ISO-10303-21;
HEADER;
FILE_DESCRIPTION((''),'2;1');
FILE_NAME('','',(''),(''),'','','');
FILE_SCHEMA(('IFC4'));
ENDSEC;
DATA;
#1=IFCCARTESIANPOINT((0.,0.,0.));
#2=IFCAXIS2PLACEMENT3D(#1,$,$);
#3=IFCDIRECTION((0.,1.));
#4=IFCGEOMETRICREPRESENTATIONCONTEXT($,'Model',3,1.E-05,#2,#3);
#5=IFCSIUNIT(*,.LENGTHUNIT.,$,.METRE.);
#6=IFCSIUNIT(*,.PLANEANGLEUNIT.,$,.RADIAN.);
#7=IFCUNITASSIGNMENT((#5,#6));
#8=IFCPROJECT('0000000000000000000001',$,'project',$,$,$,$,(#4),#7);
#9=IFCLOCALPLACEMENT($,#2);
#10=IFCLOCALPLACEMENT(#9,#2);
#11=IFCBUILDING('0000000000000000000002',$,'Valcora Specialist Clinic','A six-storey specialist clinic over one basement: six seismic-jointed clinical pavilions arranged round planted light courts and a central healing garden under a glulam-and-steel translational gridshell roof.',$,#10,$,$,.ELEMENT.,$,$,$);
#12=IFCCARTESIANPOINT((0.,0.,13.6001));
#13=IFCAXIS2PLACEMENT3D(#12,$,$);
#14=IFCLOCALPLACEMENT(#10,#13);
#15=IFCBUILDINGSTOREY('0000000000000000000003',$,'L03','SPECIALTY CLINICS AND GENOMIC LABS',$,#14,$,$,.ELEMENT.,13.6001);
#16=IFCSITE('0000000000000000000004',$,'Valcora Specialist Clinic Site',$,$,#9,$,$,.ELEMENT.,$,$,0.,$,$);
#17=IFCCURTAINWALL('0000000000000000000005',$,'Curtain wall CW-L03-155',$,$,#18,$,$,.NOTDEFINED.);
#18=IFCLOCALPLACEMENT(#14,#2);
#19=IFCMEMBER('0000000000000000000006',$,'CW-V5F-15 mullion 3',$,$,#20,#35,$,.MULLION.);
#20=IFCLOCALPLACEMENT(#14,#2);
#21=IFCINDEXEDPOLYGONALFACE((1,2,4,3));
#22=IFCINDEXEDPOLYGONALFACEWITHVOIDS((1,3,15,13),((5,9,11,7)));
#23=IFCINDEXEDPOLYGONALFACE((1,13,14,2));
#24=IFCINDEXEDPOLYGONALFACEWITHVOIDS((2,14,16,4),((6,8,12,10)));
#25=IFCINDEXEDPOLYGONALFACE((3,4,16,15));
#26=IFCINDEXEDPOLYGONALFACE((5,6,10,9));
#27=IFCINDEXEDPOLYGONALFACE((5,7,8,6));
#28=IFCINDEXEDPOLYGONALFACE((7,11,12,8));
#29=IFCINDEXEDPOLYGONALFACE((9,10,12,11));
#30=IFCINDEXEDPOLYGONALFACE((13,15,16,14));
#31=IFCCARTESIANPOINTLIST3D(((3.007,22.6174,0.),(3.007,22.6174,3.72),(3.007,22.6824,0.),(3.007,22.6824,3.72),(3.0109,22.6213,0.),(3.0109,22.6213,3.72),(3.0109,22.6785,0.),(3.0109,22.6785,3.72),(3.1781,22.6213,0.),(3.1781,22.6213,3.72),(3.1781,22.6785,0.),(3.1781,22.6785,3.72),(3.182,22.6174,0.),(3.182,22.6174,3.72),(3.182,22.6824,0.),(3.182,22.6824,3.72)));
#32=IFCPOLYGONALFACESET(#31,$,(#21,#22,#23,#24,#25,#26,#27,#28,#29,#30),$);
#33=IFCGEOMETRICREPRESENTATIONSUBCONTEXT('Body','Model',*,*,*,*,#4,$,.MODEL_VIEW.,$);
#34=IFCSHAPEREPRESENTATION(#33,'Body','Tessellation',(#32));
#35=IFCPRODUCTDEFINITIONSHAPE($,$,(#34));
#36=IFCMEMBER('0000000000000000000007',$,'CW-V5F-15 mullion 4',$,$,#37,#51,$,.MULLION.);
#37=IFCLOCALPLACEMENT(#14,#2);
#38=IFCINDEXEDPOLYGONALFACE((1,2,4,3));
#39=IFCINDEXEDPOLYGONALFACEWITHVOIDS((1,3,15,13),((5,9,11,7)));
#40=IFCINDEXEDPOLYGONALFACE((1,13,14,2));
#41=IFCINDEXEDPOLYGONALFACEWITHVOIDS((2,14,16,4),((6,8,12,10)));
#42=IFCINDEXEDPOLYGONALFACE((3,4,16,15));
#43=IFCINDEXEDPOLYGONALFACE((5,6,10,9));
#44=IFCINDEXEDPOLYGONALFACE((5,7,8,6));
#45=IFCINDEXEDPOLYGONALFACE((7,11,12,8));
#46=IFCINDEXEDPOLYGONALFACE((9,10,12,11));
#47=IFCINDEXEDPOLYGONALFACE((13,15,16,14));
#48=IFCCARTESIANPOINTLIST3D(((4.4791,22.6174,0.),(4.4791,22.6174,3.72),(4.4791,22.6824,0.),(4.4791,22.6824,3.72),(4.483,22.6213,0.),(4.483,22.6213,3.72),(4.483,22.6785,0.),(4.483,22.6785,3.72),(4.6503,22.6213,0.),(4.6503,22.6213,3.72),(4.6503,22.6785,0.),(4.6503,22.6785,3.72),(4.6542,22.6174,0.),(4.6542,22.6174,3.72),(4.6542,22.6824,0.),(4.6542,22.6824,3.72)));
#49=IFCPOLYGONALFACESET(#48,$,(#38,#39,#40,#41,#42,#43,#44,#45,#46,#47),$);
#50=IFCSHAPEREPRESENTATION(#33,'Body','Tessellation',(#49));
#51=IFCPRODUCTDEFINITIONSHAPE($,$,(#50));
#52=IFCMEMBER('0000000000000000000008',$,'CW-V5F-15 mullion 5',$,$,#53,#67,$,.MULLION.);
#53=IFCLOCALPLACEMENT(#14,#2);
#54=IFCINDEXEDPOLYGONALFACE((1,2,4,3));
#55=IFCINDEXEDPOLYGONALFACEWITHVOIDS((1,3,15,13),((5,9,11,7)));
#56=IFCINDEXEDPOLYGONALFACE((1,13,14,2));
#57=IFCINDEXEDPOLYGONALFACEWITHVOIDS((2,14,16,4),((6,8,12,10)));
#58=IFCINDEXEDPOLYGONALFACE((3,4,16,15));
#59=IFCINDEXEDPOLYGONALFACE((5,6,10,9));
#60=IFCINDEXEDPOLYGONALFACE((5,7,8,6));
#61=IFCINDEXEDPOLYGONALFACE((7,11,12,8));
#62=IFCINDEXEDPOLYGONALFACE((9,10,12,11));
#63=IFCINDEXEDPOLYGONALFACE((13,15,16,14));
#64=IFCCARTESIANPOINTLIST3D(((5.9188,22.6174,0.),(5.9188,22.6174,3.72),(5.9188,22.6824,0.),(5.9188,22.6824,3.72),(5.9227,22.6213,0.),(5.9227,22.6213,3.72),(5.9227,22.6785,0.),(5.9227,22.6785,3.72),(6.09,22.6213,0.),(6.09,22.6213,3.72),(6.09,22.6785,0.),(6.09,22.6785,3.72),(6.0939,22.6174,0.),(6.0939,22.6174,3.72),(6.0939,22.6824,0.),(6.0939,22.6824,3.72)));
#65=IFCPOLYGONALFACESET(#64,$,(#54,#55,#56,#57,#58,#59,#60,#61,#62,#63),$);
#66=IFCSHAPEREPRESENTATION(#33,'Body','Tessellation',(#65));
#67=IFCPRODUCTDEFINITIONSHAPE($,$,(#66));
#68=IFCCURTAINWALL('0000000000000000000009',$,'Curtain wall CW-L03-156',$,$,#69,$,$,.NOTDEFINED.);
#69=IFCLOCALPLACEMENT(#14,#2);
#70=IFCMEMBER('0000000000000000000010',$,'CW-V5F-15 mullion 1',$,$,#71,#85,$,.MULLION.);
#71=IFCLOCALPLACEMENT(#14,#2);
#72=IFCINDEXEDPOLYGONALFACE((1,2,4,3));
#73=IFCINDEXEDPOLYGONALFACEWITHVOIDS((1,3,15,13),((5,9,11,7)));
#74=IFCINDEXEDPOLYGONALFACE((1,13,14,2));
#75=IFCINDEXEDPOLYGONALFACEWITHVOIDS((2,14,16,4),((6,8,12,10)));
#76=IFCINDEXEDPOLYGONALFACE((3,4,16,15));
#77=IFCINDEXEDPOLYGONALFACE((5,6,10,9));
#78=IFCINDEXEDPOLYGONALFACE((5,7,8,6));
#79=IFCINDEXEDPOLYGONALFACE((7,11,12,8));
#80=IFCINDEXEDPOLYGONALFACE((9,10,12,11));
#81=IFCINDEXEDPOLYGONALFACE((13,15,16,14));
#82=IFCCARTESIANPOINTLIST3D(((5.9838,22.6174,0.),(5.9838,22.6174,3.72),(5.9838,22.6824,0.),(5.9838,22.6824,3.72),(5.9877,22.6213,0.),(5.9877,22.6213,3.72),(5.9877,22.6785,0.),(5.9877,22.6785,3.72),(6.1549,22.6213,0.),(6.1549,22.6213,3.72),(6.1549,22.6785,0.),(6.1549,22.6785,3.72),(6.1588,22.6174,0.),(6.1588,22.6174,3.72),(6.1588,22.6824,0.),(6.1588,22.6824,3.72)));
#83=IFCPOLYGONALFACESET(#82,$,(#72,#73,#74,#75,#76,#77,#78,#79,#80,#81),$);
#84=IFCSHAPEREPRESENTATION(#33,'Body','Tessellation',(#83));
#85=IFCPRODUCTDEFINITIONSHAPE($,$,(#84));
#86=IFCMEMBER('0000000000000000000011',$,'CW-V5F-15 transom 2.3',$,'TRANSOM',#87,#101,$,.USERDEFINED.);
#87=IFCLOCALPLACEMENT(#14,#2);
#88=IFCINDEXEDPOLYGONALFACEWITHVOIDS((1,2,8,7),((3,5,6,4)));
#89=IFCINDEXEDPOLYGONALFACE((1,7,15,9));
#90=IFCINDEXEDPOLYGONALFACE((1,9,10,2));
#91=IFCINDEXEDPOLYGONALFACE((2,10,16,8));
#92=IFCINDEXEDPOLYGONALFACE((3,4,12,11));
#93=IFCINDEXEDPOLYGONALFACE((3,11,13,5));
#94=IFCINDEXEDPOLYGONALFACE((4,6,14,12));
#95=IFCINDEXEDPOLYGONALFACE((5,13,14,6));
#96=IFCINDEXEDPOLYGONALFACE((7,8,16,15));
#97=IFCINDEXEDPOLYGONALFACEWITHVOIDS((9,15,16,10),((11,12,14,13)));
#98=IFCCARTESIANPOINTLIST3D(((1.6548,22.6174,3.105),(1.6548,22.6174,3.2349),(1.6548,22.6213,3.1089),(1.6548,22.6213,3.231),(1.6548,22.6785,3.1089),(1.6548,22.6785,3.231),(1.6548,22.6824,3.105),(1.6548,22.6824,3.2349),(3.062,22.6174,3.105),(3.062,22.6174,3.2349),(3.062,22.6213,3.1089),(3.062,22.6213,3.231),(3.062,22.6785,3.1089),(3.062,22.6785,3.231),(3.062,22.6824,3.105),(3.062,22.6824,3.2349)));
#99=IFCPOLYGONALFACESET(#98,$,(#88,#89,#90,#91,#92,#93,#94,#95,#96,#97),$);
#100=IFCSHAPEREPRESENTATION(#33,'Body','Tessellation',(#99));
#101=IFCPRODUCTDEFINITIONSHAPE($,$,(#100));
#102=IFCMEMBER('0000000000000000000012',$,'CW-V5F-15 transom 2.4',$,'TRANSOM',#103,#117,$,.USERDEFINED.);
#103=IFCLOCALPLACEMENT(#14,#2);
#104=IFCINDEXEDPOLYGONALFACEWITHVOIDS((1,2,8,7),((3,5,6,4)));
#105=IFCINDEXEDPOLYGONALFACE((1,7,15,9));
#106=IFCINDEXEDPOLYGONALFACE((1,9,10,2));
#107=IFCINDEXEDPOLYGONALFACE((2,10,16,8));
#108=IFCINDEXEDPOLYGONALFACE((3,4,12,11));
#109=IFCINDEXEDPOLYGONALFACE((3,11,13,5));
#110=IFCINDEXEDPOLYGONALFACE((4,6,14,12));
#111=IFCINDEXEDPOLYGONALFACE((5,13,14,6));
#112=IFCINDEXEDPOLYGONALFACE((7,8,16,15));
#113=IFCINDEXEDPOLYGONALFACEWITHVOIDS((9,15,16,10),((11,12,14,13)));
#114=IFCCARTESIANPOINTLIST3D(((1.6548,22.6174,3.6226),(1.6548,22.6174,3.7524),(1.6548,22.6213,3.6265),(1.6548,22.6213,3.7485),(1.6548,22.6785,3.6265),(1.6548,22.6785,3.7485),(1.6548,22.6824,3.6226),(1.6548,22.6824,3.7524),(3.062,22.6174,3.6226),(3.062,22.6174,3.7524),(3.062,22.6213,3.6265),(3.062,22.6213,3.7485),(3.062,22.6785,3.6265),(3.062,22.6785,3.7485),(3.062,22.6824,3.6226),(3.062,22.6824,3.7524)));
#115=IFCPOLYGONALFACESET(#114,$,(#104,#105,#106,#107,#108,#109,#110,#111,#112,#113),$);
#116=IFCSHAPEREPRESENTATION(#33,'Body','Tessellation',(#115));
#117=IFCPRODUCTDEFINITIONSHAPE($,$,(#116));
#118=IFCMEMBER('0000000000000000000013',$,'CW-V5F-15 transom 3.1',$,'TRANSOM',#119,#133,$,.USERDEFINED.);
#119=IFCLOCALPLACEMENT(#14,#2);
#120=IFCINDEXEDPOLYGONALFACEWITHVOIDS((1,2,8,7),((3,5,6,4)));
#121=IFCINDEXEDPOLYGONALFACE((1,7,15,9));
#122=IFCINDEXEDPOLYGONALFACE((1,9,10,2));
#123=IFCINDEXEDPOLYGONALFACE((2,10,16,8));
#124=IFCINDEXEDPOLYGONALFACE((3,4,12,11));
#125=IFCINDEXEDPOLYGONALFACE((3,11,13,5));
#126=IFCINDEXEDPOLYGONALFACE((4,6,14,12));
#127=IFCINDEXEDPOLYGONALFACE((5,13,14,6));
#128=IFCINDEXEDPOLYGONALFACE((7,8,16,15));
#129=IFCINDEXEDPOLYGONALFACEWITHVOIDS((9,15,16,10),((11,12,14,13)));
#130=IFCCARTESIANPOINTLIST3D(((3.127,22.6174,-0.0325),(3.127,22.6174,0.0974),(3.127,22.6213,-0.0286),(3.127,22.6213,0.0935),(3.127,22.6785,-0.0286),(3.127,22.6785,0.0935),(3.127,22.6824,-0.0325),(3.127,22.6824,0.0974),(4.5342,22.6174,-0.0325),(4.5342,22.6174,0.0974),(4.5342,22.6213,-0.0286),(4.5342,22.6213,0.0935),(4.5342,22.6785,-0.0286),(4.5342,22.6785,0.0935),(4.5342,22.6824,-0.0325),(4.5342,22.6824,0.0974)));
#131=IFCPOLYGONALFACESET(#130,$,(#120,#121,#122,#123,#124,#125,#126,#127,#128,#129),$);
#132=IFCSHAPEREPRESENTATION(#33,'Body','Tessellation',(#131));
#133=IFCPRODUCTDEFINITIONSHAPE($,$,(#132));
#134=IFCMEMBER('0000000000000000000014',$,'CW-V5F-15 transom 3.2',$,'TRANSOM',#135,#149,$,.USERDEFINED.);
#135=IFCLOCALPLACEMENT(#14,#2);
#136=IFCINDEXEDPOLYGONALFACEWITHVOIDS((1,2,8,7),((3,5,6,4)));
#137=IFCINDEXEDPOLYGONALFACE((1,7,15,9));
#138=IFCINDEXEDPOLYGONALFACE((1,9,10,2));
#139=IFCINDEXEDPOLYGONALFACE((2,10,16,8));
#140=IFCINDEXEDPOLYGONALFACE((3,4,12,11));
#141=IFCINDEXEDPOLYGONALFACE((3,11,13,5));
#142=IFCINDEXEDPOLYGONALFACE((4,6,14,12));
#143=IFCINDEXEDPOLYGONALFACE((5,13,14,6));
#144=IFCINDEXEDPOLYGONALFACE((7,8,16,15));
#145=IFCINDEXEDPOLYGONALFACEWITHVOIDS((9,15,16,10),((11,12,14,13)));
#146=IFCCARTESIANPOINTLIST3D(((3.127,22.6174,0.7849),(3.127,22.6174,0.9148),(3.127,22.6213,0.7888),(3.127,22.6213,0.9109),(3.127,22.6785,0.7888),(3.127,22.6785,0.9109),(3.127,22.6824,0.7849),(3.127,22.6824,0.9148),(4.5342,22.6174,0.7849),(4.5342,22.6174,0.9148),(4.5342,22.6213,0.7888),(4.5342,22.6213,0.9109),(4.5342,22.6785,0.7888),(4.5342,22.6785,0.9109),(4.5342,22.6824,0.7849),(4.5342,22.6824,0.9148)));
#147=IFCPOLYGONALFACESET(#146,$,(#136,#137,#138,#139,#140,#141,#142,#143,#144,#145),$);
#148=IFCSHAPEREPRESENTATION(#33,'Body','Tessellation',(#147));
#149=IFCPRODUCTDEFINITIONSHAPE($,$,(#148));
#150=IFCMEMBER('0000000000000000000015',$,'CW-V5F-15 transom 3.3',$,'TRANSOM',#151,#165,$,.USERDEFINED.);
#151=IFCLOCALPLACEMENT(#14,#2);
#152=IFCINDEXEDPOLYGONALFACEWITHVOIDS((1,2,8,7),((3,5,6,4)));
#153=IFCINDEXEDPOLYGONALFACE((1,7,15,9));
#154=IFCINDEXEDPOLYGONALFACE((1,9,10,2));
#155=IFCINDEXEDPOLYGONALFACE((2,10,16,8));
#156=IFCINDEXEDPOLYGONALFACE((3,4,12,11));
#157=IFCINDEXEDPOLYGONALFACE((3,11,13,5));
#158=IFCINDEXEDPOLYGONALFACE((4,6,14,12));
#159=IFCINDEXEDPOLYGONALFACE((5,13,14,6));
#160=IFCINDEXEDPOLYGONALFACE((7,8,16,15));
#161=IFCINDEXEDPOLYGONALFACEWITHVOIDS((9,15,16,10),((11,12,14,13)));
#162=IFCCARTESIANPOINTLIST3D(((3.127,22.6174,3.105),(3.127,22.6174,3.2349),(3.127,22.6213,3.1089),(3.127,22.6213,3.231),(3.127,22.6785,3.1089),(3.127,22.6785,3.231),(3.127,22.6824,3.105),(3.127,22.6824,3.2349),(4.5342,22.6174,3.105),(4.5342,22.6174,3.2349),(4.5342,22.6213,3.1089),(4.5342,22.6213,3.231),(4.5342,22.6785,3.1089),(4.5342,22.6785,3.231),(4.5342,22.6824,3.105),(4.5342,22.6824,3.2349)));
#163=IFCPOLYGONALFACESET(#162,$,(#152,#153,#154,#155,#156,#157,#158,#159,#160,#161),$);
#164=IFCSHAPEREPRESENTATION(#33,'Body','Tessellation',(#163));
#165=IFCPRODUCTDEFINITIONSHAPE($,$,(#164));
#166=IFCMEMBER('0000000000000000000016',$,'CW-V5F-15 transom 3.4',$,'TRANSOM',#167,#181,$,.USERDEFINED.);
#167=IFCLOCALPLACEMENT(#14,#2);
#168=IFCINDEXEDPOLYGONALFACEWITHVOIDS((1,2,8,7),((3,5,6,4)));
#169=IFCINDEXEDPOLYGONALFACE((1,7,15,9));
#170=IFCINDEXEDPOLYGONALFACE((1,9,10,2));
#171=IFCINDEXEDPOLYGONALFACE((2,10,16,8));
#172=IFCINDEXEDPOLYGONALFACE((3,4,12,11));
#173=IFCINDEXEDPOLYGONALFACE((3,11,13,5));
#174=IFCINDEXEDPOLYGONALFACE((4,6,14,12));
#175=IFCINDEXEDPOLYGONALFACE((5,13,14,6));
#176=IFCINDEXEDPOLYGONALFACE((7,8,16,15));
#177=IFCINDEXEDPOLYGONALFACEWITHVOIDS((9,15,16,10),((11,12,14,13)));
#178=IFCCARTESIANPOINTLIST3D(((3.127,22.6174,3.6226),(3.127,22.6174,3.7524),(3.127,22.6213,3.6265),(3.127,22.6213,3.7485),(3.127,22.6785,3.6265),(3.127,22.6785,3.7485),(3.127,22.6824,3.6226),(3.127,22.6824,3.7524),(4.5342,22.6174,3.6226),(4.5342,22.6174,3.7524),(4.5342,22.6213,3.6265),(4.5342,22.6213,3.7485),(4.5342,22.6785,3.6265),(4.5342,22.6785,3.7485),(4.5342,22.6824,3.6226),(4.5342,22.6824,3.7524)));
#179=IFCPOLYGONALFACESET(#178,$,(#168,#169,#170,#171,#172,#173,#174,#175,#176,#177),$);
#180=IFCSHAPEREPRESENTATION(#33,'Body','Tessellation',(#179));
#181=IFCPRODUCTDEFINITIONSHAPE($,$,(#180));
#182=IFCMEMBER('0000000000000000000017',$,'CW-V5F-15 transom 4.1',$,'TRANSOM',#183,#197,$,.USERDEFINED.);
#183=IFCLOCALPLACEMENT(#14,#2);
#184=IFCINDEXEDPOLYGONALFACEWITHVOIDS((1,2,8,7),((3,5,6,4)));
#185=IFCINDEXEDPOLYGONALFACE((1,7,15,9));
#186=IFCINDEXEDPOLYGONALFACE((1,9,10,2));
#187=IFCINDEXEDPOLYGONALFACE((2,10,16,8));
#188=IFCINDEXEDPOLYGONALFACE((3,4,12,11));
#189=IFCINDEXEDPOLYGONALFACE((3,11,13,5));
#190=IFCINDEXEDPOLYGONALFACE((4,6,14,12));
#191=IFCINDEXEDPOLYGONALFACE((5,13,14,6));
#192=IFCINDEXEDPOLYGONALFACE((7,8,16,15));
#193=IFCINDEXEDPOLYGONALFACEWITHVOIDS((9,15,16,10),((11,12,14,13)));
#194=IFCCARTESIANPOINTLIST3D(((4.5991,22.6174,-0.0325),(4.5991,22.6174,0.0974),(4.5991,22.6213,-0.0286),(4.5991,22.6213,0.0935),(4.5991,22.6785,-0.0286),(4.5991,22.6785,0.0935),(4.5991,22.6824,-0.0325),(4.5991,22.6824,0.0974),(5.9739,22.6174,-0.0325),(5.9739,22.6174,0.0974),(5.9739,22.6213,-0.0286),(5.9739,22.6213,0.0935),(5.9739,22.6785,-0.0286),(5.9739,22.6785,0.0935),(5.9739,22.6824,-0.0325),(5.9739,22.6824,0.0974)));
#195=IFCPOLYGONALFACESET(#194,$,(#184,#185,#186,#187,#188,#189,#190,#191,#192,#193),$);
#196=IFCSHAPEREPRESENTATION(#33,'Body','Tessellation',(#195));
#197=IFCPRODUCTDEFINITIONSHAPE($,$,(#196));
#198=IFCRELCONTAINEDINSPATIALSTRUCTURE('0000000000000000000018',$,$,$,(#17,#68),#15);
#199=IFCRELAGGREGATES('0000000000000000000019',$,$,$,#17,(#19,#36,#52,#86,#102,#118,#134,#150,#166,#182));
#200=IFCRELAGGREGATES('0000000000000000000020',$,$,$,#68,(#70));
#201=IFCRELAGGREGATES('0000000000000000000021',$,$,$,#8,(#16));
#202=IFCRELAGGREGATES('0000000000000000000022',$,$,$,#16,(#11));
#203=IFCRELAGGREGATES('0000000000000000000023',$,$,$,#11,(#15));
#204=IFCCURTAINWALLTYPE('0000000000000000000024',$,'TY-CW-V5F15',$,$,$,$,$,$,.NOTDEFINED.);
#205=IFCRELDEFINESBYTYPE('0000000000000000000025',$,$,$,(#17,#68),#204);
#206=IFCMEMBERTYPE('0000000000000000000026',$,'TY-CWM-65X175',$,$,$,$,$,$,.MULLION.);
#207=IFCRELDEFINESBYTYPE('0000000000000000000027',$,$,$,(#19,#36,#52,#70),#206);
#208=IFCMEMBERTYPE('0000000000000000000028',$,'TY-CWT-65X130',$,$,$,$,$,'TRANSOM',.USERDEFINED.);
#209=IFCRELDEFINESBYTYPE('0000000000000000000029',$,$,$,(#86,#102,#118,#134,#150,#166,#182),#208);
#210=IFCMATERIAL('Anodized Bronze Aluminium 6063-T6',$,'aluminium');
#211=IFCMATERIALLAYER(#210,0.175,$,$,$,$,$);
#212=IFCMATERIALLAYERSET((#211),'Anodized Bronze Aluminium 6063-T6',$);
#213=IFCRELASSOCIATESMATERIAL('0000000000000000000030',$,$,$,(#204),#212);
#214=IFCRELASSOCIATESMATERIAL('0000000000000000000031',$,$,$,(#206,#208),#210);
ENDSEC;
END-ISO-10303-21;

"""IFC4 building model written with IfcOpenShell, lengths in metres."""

from ifc_helpers import new_model, si_unit, direction, frame, origin, origin_2d, place, context, subcontext, project, spatial, hollow_rectangle, extrude, material, layer, layer_set, material_profile, profile_set, type_object, element, aggregate, save


model = new_model("IFC4")

# Units and contexts
model_context = context("Model", 3, precision=1e-05, world=origin(), true_north=direction((0.0, 1.0)))
body_context = subcontext(model_context, "Body", "Model", "MODEL_VIEW")
ifc_project = project(units=[si_unit("LENGTHUNIT", "METRE"), si_unit("PLANEANGLEUNIT", "RADIAN")], contexts=[model_context])

# Site, building, storey
site_placement = place(None, origin())
site = spatial("IfcSite", under=ifc_project, at=site_placement, Name="Valcora Specialist Clinic Site", CompositionType="ELEMENT", RefElevation=0.0)
building_placement = place(site_placement, origin())
building = spatial("IfcBuilding", under=site, at=building_placement, Name="Valcora Specialist Clinic", Description="A six-storey specialist clinic over one basement: six seismic-jointed clinical pavilions arranged round planted light courts and a central healing garden under a glulam-and-steel translational gridshell roof.", CompositionType="ELEMENT")
storey_placement = place(building_placement, frame((0.0, 0.0, 13.6001)))
storey = spatial("IfcBuildingStorey", under=building, at=storey_placement, Name="L03", Description="SPECIALTY CLINICS AND GENOMIC LABS", CompositionType="ELEMENT", Elevation=13.6001)

# Curtain wall, members
ifc_material_1 = material(Name="Anodized Bronze Aluminium 6063-T6", Category="aluminium")
ifc_layer_1 = layer(ifc_material_1, 0.175)
ifc_layer_set_1 = layer_set([ifc_layer_1], Name="Anodized Bronze Aluminium 6063-T6")
curtain_wall_type = type_object("IfcCurtainWallType", Name="TY-CW-V5F15", PredefinedType="NOTDEFINED", material=ifc_layer_set_1)
curtain_wall_1_placement = place(storey_placement, origin())
curtain_wall_1 = element("IfcCurtainWall", 1, at=curtain_wall_1_placement, inside=storey, type_object=curtain_wall_type, Name="Curtain wall CW-L03-155", PredefinedType="NOTDEFINED")
ifc_material_profile_1 = material_profile(ifc_material_1, hollow_rectangle(XDim=0.0649, YDim=0.175, WallThickness=0.0039, at=origin_2d()), Name="AL-MUL-65X175")
ifc_profile_set_1 = profile_set([ifc_material_profile_1], Name="Anodized Bronze Aluminium 6063-T6")
member_type_1 = type_object("IfcMemberType", Name="TY-CWM-65X175", PredefinedType="MULLION", material=ifc_profile_set_1)
member_1_placement = place(storey_placement, frame((3.0945, 22.6499, 0.0), z_axis=(0.0, 0.0, 1.0), x_axis=(0.0, 1.0, 0.0)))
member_1 = element("IfcMember", 2, at=member_1_placement, type_object=member_type_1, Name="CW-V5F-15 mullion 3", PredefinedType="MULLION", context=body_context, shape_type="SweptSolid", body=[
    extrude(hollow_rectangle(XDim=0.0649, YDim=0.175, WallThickness=0.0039, at=origin_2d()), origin(), (0.0, 0.0, 1.0), 3.72),
])
member_2_placement = place(storey_placement, frame((4.5667, 22.6499, 0.0), z_axis=(0.0, 0.0, 1.0), x_axis=(0.0, 1.0, 0.0)))
member_2 = element("IfcMember", 3, at=member_2_placement, type_object=member_type_1, Name="CW-V5F-15 mullion 4", PredefinedType="MULLION", context=body_context, shape_type="SweptSolid", body=[
    extrude(hollow_rectangle(XDim=0.0649, YDim=0.175, WallThickness=0.0039, at=origin_2d()), origin(), (0.0, 0.0, 1.0), 3.72),
])
member_3_placement = place(storey_placement, frame((6.0063, 22.6499, 0.0), z_axis=(0.0, 0.0, 1.0), x_axis=(0.0, 1.0, 0.0)))
member_3 = element("IfcMember", 4, at=member_3_placement, type_object=member_type_1, Name="CW-V5F-15 mullion 5", PredefinedType="MULLION", context=body_context, shape_type="SweptSolid", body=[
    extrude(hollow_rectangle(XDim=0.0649, YDim=0.175, WallThickness=0.0039, at=origin_2d()), origin(), (0.0, 0.0, 1.0), 3.72),
])

# Curtain wall, member
curtain_wall_2_placement = place(storey_placement, origin())
curtain_wall_2 = element("IfcCurtainWall", 5, at=curtain_wall_2_placement, inside=storey, type_object=curtain_wall_type, Name="Curtain wall CW-L03-156", PredefinedType="NOTDEFINED")
member_4_placement = place(storey_placement, frame((6.0713, 22.6499, 0.0), z_axis=(0.0, 0.0, 1.0), x_axis=(0.0, 1.0, 0.0)))
member_4 = element("IfcMember", 6, at=member_4_placement, type_object=member_type_1, Name="CW-V5F-15 mullion 1", PredefinedType="MULLION", context=body_context, shape_type="SweptSolid", body=[
    extrude(hollow_rectangle(XDim=0.0649, YDim=0.175, WallThickness=0.0039, at=origin_2d()), origin(), (0.0, 0.0, 1.0), 3.72),
])

# Members
ifc_material_profile_2 = material_profile(ifc_material_1, hollow_rectangle(XDim=0.0649, YDim=0.1299, WallThickness=0.0039, at=origin_2d()), Name="AL-TRN-65X130")
ifc_profile_set_2 = profile_set([ifc_material_profile_2], Name="Anodized Bronze Aluminium 6063-T6")
member_type_2 = type_object("IfcMemberType", Name="TY-CWT-65X130", ElementType="TRANSOM", PredefinedType="USERDEFINED", material=ifc_profile_set_2)
member_5_placement = place(storey_placement, frame((1.6548, 22.6499, 3.1699), z_axis=(1.0, 0.0, 0.0), x_axis=(0.0, 1.0, 0.0)))
member_5 = element("IfcMember", 7, at=member_5_placement, type_object=member_type_2, Name="CW-V5F-15 transom 2.3", ObjectType="TRANSOM", PredefinedType="USERDEFINED", context=body_context, shape_type="SweptSolid", body=[
    extrude(hollow_rectangle(XDim=0.0649, YDim=0.1299, WallThickness=0.0039, at=origin_2d()), origin(), (0.0, 0.0, 1.0), 1.4072),
])
member_6_placement = place(storey_placement, frame((1.6548, 22.6499, 3.6875), z_axis=(1.0, 0.0, 0.0), x_axis=(0.0, 1.0, 0.0)))
member_6 = element("IfcMember", 8, at=member_6_placement, type_object=member_type_2, Name="CW-V5F-15 transom 2.4", ObjectType="TRANSOM", PredefinedType="USERDEFINED", context=body_context, shape_type="SweptSolid", body=[
    extrude(hollow_rectangle(XDim=0.0649, YDim=0.1299, WallThickness=0.0039, at=origin_2d()), origin(), (0.0, 0.0, 1.0), 1.4072),
])
member_7_placement = place(storey_placement, frame((3.127, 22.6499, 0.0325), z_axis=(1.0, 0.0, 0.0), x_axis=(0.0, 1.0, 0.0)))
member_7 = element("IfcMember", 9, at=member_7_placement, type_object=member_type_2, Name="CW-V5F-15 transom 3.1", ObjectType="TRANSOM", PredefinedType="USERDEFINED", context=body_context, shape_type="SweptSolid", body=[
    extrude(hollow_rectangle(XDim=0.0649, YDim=0.1299, WallThickness=0.0039, at=origin_2d()), origin(), (0.0, 0.0, 1.0), 1.4072),
])
member_8_placement = place(storey_placement, frame((3.127, 22.6499, 0.8499), z_axis=(1.0, 0.0, 0.0), x_axis=(0.0, 1.0, 0.0)))
member_8 = element("IfcMember", 10, at=member_8_placement, type_object=member_type_2, Name="CW-V5F-15 transom 3.2", ObjectType="TRANSOM", PredefinedType="USERDEFINED", context=body_context, shape_type="SweptSolid", body=[
    extrude(hollow_rectangle(XDim=0.0649, YDim=0.1299, WallThickness=0.0039, at=origin_2d()), origin(), (0.0, 0.0, 1.0), 1.4072),
])
member_9_placement = place(storey_placement, frame((3.127, 22.6499, 3.1699), z_axis=(1.0, 0.0, 0.0), x_axis=(0.0, 1.0, 0.0)))
member_9 = element("IfcMember", 11, at=member_9_placement, type_object=member_type_2, Name="CW-V5F-15 transom 3.3", ObjectType="TRANSOM", PredefinedType="USERDEFINED", context=body_context, shape_type="SweptSolid", body=[
    extrude(hollow_rectangle(XDim=0.0649, YDim=0.1299, WallThickness=0.0039, at=origin_2d()), origin(), (0.0, 0.0, 1.0), 1.4072),
])
member_10_placement = place(storey_placement, frame((3.127, 22.6499, 3.6875), z_axis=(1.0, 0.0, 0.0), x_axis=(0.0, 1.0, 0.0)))
member_10 = element("IfcMember", 12, at=member_10_placement, type_object=member_type_2, Name="CW-V5F-15 transom 3.4", ObjectType="TRANSOM", PredefinedType="USERDEFINED", context=body_context, shape_type="SweptSolid", body=[
    extrude(hollow_rectangle(XDim=0.0649, YDim=0.1299, WallThickness=0.0039, at=origin_2d()), origin(), (0.0, 0.0, 1.0), 1.4072),
])
member_11_placement = place(storey_placement, frame((4.5991, 22.6499, 0.0325), z_axis=(1.0, 0.0, 0.0), x_axis=(0.0, 1.0, 0.0)))
member_11 = element("IfcMember", 13, at=member_11_placement, type_object=member_type_2, Name="CW-V5F-15 transom 4.1", ObjectType="TRANSOM", PredefinedType="USERDEFINED", context=body_context, shape_type="SweptSolid", body=[
    extrude(hollow_rectangle(XDim=0.0649, YDim=0.1299, WallThickness=0.0039, at=origin_2d()), origin(), (0.0, 0.0, 1.0), 1.3748),
])

aggregate(curtain_wall_1, [member_1, member_2, member_3, member_5, member_6, member_7, member_8, member_9, member_10, member_11])
aggregate(curtain_wall_2, [member_4])

save(model, "model.ifc")
